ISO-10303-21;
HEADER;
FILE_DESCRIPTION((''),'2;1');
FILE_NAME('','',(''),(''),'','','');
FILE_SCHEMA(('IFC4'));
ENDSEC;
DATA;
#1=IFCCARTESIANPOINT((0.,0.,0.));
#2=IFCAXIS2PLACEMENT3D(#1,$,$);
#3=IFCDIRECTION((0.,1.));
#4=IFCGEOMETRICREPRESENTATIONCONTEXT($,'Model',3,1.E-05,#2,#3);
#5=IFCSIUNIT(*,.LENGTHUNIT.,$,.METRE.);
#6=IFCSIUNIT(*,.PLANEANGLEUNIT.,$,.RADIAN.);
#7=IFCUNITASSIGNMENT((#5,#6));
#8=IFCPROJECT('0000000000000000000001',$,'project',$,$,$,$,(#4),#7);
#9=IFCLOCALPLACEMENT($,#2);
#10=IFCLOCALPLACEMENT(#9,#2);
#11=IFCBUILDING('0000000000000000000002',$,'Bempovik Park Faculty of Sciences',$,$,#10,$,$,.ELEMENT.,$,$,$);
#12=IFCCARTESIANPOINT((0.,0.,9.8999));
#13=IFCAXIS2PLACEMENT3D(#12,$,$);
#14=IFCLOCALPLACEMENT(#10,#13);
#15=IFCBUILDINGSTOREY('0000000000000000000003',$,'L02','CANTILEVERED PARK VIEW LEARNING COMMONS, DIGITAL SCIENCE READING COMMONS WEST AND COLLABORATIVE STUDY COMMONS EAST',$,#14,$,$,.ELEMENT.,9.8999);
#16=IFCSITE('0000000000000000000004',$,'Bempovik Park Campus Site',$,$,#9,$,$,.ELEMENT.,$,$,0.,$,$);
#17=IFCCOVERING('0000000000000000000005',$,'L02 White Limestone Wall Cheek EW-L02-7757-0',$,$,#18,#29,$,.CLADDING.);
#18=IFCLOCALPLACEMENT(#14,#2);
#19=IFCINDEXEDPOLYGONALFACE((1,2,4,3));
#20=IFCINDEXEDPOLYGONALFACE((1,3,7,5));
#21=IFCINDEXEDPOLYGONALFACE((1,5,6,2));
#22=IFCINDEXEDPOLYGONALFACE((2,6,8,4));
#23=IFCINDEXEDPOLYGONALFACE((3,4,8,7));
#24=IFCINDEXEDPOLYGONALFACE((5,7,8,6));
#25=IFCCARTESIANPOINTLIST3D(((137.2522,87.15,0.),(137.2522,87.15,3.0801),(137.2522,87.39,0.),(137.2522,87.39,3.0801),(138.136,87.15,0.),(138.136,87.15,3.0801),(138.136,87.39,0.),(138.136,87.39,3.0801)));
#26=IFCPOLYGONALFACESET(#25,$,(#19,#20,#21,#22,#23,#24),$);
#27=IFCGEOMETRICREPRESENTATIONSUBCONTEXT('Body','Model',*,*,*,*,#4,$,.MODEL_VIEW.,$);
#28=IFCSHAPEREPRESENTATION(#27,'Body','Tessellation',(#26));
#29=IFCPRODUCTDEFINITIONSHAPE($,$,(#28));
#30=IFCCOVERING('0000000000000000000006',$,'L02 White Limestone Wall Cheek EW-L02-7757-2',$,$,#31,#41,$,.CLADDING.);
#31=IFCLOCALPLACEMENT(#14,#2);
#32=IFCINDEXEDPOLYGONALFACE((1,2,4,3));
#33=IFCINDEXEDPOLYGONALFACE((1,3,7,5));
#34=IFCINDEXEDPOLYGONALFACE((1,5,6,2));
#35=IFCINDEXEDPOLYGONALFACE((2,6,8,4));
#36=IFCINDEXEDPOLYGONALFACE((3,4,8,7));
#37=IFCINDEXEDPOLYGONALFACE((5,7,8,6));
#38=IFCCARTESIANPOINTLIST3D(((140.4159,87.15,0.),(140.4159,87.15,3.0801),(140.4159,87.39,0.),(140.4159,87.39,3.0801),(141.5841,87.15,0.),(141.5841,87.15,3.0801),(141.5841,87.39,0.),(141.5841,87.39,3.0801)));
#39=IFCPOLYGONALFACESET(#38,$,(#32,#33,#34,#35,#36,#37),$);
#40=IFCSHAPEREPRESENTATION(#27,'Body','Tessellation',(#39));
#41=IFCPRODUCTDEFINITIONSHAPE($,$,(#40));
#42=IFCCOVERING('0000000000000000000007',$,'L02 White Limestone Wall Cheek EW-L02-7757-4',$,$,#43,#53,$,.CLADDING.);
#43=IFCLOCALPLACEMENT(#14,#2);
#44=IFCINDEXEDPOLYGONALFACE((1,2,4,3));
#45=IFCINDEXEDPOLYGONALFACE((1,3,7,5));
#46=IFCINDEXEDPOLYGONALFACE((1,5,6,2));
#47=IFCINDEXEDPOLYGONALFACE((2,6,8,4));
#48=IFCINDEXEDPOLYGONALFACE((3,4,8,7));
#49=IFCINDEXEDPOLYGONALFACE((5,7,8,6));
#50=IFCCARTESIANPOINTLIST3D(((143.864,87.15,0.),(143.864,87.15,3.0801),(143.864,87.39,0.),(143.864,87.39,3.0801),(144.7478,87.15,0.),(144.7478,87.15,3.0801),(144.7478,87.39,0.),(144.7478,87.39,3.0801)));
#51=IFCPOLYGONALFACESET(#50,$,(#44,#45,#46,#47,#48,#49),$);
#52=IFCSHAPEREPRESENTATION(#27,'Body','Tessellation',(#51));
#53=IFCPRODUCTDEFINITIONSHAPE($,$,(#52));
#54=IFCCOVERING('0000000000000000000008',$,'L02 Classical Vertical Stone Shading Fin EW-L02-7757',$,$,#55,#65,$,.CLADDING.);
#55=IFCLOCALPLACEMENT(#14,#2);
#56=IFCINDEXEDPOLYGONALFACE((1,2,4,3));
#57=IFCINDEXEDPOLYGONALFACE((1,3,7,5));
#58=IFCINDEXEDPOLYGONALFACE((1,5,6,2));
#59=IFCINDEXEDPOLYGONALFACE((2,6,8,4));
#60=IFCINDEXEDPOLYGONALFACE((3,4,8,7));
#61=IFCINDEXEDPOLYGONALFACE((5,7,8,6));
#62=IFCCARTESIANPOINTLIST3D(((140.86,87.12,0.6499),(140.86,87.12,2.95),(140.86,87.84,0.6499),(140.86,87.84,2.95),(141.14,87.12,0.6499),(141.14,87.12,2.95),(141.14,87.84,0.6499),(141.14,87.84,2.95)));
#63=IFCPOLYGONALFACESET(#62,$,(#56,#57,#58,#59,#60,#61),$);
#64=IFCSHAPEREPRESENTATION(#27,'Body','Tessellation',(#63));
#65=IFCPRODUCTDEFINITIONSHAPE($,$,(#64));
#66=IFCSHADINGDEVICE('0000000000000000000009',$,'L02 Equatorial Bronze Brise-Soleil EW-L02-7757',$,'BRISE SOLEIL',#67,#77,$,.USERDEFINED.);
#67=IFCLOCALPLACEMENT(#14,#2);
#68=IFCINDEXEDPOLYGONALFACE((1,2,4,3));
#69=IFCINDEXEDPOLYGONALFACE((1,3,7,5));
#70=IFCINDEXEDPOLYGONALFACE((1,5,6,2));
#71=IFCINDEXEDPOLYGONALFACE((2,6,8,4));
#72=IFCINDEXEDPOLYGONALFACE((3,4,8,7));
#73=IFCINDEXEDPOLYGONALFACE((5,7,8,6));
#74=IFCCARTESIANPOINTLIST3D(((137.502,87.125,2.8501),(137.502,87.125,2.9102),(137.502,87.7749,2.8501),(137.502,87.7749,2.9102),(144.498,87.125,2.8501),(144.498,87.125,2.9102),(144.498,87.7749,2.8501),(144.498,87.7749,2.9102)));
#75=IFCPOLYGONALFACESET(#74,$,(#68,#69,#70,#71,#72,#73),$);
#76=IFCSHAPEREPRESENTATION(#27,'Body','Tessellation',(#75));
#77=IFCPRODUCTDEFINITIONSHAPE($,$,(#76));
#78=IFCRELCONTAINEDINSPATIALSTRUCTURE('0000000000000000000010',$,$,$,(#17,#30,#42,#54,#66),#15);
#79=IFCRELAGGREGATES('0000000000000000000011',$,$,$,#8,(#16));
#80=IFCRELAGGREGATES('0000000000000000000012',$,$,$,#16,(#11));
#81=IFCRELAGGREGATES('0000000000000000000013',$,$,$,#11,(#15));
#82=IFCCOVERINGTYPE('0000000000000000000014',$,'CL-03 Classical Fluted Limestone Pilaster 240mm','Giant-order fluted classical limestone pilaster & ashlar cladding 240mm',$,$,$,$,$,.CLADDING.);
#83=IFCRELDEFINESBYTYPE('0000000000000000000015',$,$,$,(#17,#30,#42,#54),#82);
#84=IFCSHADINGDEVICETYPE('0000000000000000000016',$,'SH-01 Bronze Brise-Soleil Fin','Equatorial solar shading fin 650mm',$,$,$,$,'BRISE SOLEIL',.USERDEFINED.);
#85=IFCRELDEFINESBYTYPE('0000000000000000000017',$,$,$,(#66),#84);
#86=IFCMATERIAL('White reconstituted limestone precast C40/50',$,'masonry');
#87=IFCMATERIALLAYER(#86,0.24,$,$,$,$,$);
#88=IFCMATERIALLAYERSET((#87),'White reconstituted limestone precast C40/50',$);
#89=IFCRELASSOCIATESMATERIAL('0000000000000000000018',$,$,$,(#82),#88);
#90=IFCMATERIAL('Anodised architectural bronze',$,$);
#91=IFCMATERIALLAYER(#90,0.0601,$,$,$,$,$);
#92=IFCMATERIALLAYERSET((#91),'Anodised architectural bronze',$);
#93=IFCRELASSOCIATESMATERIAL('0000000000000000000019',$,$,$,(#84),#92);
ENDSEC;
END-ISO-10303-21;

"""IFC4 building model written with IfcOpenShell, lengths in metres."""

from ifc_helpers import new_model, si_unit, direction, frame, origin, origin_2d, place, context, subcontext, project, spatial, rectangle, extrude, material, layer, layer_set, type_object, element, save


model = new_model("IFC4")

# Units and contexts
model_context = context("Model", 3, precision=1e-05, world=origin(), true_north=direction((0.0, 1.0)))
body_context = subcontext(model_context, "Body", "Model", "MODEL_VIEW")
ifc_project = project(units=[si_unit("LENGTHUNIT", "METRE"), si_unit("PLANEANGLEUNIT", "RADIAN")], contexts=[model_context])

# Site, building, storey
site_placement = place(None, origin())
site = spatial("IfcSite", under=ifc_project, at=site_placement, Name="Bempovik Park Campus Site", CompositionType="ELEMENT", RefElevation=0.0)
building_placement = place(site_placement, origin())
building = spatial("IfcBuilding", under=site, at=building_placement, Name="Bempovik Park Faculty of Sciences", CompositionType="ELEMENT")
storey_placement = place(building_placement, frame((0.0, 0.0, 9.8999)))
storey = spatial("IfcBuildingStorey", under=building, at=storey_placement, Name="L02", Description="CANTILEVERED PARK VIEW LEARNING COMMONS, DIGITAL SCIENCE READING COMMONS WEST AND COLLABORATIVE STUDY COMMONS EAST", CompositionType="ELEMENT", Elevation=9.8999)

# Shared definitions
ifc_material_1 = material(Name="Anodised architectural bronze")

# Coverings
ifc_material_2 = material(Name="White reconstituted limestone precast C40/50", Category="masonry")
ifc_layer_1 = layer(ifc_material_2, 0.24)
ifc_layer_set_1 = layer_set([ifc_layer_1], Name="White reconstituted limestone precast C40/50")
covering_type_1 = type_object("IfcCoveringType", Name="CL-03 Classical Fluted Limestone Pilaster 240mm", Description="Giant-order fluted classical limestone pilaster & ashlar cladding 240mm", PredefinedType="CLADDING", material=ifc_layer_set_1)
covering_1_placement = place(storey_placement, frame((137.6941, 87.27, 0.0), z_axis=(0.0, 0.0, 1.0), x_axis=(1.0, 0.0, 0.0)))
element("IfcCovering", 1, at=covering_1_placement, inside=storey, type_object=covering_type_1, Name="L02 White Limestone Wall Cheek EW-L02-7757-0", PredefinedType="CLADDING", context=body_context, shape_type="SweptSolid", body=[
    extrude(rectangle(XDim=0.8838, YDim=0.24, at=origin_2d()), origin(), (0.0, 0.0, 1.0), 3.0801),
])
covering_2_placement = place(storey_placement, frame((141.0, 87.27, 0.0), z_axis=(0.0, 0.0, 1.0), x_axis=(1.0, 0.0, 0.0)))
element("IfcCovering", 2, at=covering_2_placement, inside=storey, type_object=covering_type_1, Name="L02 White Limestone Wall Cheek EW-L02-7757-2", PredefinedType="CLADDING", context=body_context, shape_type="SweptSolid", body=[
    extrude(rectangle(XDim=1.1682, YDim=0.24, at=origin_2d()), origin(), (0.0, 0.0, 1.0), 3.0801),
])
covering_3_placement = place(storey_placement, frame((144.3059, 87.27, 0.0), z_axis=(0.0, 0.0, 1.0), x_axis=(1.0, 0.0, 0.0)))
element("IfcCovering", 3, at=covering_3_placement, inside=storey, type_object=covering_type_1, Name="L02 White Limestone Wall Cheek EW-L02-7757-4", PredefinedType="CLADDING", context=body_context, shape_type="SweptSolid", body=[
    extrude(rectangle(XDim=0.8838, YDim=0.24, at=origin_2d()), origin(), (0.0, 0.0, 1.0), 3.0801),
])
covering_4_placement = place(storey_placement, frame((141.0, 87.48, 0.6499), z_axis=(0.0, 0.0, 1.0), x_axis=(1.0, 0.0, 0.0)))
element("IfcCovering", 4, at=covering_4_placement, inside=storey, type_object=covering_type_1, Name="L02 Classical Vertical Stone Shading Fin EW-L02-7757", PredefinedType="CLADDING", context=body_context, shape_type="SweptSolid", body=[
    extrude(rectangle(XDim=0.28, YDim=0.72, at=origin_2d()), origin(), (0.0, 0.0, 1.0), 2.3),
])

# Shading device
ifc_layer_2 = layer(ifc_material_1, 0.0601)
ifc_layer_set_2 = layer_set([ifc_layer_2], Name="Anodised architectural bronze")
shading_device_type = type_object("IfcShadingDeviceType", Name="SH-01 Bronze Brise-Soleil Fin", Description="Equatorial solar shading fin 650mm", ElementType="BRISE SOLEIL", PredefinedType="USERDEFINED", material=ifc_layer_set_2)
shading_device_placement = place(storey_placement, frame((141.0, 87.45, 2.8501), z_axis=(0.0, 0.0, 1.0), x_axis=(1.0, 0.0, 0.0)))
element("IfcShadingDevice", 5, at=shading_device_placement, inside=storey, type_object=shading_device_type, Name="L02 Equatorial Bronze Brise-Soleil EW-L02-7757", ObjectType="BRISE SOLEIL", PredefinedType="USERDEFINED", context=body_context, shape_type="SweptSolid", body=[
    extrude(rectangle(XDim=6.9961, YDim=0.6499, at=origin_2d()), origin(), (0.0, 0.0, 1.0), 0.0601),
])

save(model, "model.ifc")
